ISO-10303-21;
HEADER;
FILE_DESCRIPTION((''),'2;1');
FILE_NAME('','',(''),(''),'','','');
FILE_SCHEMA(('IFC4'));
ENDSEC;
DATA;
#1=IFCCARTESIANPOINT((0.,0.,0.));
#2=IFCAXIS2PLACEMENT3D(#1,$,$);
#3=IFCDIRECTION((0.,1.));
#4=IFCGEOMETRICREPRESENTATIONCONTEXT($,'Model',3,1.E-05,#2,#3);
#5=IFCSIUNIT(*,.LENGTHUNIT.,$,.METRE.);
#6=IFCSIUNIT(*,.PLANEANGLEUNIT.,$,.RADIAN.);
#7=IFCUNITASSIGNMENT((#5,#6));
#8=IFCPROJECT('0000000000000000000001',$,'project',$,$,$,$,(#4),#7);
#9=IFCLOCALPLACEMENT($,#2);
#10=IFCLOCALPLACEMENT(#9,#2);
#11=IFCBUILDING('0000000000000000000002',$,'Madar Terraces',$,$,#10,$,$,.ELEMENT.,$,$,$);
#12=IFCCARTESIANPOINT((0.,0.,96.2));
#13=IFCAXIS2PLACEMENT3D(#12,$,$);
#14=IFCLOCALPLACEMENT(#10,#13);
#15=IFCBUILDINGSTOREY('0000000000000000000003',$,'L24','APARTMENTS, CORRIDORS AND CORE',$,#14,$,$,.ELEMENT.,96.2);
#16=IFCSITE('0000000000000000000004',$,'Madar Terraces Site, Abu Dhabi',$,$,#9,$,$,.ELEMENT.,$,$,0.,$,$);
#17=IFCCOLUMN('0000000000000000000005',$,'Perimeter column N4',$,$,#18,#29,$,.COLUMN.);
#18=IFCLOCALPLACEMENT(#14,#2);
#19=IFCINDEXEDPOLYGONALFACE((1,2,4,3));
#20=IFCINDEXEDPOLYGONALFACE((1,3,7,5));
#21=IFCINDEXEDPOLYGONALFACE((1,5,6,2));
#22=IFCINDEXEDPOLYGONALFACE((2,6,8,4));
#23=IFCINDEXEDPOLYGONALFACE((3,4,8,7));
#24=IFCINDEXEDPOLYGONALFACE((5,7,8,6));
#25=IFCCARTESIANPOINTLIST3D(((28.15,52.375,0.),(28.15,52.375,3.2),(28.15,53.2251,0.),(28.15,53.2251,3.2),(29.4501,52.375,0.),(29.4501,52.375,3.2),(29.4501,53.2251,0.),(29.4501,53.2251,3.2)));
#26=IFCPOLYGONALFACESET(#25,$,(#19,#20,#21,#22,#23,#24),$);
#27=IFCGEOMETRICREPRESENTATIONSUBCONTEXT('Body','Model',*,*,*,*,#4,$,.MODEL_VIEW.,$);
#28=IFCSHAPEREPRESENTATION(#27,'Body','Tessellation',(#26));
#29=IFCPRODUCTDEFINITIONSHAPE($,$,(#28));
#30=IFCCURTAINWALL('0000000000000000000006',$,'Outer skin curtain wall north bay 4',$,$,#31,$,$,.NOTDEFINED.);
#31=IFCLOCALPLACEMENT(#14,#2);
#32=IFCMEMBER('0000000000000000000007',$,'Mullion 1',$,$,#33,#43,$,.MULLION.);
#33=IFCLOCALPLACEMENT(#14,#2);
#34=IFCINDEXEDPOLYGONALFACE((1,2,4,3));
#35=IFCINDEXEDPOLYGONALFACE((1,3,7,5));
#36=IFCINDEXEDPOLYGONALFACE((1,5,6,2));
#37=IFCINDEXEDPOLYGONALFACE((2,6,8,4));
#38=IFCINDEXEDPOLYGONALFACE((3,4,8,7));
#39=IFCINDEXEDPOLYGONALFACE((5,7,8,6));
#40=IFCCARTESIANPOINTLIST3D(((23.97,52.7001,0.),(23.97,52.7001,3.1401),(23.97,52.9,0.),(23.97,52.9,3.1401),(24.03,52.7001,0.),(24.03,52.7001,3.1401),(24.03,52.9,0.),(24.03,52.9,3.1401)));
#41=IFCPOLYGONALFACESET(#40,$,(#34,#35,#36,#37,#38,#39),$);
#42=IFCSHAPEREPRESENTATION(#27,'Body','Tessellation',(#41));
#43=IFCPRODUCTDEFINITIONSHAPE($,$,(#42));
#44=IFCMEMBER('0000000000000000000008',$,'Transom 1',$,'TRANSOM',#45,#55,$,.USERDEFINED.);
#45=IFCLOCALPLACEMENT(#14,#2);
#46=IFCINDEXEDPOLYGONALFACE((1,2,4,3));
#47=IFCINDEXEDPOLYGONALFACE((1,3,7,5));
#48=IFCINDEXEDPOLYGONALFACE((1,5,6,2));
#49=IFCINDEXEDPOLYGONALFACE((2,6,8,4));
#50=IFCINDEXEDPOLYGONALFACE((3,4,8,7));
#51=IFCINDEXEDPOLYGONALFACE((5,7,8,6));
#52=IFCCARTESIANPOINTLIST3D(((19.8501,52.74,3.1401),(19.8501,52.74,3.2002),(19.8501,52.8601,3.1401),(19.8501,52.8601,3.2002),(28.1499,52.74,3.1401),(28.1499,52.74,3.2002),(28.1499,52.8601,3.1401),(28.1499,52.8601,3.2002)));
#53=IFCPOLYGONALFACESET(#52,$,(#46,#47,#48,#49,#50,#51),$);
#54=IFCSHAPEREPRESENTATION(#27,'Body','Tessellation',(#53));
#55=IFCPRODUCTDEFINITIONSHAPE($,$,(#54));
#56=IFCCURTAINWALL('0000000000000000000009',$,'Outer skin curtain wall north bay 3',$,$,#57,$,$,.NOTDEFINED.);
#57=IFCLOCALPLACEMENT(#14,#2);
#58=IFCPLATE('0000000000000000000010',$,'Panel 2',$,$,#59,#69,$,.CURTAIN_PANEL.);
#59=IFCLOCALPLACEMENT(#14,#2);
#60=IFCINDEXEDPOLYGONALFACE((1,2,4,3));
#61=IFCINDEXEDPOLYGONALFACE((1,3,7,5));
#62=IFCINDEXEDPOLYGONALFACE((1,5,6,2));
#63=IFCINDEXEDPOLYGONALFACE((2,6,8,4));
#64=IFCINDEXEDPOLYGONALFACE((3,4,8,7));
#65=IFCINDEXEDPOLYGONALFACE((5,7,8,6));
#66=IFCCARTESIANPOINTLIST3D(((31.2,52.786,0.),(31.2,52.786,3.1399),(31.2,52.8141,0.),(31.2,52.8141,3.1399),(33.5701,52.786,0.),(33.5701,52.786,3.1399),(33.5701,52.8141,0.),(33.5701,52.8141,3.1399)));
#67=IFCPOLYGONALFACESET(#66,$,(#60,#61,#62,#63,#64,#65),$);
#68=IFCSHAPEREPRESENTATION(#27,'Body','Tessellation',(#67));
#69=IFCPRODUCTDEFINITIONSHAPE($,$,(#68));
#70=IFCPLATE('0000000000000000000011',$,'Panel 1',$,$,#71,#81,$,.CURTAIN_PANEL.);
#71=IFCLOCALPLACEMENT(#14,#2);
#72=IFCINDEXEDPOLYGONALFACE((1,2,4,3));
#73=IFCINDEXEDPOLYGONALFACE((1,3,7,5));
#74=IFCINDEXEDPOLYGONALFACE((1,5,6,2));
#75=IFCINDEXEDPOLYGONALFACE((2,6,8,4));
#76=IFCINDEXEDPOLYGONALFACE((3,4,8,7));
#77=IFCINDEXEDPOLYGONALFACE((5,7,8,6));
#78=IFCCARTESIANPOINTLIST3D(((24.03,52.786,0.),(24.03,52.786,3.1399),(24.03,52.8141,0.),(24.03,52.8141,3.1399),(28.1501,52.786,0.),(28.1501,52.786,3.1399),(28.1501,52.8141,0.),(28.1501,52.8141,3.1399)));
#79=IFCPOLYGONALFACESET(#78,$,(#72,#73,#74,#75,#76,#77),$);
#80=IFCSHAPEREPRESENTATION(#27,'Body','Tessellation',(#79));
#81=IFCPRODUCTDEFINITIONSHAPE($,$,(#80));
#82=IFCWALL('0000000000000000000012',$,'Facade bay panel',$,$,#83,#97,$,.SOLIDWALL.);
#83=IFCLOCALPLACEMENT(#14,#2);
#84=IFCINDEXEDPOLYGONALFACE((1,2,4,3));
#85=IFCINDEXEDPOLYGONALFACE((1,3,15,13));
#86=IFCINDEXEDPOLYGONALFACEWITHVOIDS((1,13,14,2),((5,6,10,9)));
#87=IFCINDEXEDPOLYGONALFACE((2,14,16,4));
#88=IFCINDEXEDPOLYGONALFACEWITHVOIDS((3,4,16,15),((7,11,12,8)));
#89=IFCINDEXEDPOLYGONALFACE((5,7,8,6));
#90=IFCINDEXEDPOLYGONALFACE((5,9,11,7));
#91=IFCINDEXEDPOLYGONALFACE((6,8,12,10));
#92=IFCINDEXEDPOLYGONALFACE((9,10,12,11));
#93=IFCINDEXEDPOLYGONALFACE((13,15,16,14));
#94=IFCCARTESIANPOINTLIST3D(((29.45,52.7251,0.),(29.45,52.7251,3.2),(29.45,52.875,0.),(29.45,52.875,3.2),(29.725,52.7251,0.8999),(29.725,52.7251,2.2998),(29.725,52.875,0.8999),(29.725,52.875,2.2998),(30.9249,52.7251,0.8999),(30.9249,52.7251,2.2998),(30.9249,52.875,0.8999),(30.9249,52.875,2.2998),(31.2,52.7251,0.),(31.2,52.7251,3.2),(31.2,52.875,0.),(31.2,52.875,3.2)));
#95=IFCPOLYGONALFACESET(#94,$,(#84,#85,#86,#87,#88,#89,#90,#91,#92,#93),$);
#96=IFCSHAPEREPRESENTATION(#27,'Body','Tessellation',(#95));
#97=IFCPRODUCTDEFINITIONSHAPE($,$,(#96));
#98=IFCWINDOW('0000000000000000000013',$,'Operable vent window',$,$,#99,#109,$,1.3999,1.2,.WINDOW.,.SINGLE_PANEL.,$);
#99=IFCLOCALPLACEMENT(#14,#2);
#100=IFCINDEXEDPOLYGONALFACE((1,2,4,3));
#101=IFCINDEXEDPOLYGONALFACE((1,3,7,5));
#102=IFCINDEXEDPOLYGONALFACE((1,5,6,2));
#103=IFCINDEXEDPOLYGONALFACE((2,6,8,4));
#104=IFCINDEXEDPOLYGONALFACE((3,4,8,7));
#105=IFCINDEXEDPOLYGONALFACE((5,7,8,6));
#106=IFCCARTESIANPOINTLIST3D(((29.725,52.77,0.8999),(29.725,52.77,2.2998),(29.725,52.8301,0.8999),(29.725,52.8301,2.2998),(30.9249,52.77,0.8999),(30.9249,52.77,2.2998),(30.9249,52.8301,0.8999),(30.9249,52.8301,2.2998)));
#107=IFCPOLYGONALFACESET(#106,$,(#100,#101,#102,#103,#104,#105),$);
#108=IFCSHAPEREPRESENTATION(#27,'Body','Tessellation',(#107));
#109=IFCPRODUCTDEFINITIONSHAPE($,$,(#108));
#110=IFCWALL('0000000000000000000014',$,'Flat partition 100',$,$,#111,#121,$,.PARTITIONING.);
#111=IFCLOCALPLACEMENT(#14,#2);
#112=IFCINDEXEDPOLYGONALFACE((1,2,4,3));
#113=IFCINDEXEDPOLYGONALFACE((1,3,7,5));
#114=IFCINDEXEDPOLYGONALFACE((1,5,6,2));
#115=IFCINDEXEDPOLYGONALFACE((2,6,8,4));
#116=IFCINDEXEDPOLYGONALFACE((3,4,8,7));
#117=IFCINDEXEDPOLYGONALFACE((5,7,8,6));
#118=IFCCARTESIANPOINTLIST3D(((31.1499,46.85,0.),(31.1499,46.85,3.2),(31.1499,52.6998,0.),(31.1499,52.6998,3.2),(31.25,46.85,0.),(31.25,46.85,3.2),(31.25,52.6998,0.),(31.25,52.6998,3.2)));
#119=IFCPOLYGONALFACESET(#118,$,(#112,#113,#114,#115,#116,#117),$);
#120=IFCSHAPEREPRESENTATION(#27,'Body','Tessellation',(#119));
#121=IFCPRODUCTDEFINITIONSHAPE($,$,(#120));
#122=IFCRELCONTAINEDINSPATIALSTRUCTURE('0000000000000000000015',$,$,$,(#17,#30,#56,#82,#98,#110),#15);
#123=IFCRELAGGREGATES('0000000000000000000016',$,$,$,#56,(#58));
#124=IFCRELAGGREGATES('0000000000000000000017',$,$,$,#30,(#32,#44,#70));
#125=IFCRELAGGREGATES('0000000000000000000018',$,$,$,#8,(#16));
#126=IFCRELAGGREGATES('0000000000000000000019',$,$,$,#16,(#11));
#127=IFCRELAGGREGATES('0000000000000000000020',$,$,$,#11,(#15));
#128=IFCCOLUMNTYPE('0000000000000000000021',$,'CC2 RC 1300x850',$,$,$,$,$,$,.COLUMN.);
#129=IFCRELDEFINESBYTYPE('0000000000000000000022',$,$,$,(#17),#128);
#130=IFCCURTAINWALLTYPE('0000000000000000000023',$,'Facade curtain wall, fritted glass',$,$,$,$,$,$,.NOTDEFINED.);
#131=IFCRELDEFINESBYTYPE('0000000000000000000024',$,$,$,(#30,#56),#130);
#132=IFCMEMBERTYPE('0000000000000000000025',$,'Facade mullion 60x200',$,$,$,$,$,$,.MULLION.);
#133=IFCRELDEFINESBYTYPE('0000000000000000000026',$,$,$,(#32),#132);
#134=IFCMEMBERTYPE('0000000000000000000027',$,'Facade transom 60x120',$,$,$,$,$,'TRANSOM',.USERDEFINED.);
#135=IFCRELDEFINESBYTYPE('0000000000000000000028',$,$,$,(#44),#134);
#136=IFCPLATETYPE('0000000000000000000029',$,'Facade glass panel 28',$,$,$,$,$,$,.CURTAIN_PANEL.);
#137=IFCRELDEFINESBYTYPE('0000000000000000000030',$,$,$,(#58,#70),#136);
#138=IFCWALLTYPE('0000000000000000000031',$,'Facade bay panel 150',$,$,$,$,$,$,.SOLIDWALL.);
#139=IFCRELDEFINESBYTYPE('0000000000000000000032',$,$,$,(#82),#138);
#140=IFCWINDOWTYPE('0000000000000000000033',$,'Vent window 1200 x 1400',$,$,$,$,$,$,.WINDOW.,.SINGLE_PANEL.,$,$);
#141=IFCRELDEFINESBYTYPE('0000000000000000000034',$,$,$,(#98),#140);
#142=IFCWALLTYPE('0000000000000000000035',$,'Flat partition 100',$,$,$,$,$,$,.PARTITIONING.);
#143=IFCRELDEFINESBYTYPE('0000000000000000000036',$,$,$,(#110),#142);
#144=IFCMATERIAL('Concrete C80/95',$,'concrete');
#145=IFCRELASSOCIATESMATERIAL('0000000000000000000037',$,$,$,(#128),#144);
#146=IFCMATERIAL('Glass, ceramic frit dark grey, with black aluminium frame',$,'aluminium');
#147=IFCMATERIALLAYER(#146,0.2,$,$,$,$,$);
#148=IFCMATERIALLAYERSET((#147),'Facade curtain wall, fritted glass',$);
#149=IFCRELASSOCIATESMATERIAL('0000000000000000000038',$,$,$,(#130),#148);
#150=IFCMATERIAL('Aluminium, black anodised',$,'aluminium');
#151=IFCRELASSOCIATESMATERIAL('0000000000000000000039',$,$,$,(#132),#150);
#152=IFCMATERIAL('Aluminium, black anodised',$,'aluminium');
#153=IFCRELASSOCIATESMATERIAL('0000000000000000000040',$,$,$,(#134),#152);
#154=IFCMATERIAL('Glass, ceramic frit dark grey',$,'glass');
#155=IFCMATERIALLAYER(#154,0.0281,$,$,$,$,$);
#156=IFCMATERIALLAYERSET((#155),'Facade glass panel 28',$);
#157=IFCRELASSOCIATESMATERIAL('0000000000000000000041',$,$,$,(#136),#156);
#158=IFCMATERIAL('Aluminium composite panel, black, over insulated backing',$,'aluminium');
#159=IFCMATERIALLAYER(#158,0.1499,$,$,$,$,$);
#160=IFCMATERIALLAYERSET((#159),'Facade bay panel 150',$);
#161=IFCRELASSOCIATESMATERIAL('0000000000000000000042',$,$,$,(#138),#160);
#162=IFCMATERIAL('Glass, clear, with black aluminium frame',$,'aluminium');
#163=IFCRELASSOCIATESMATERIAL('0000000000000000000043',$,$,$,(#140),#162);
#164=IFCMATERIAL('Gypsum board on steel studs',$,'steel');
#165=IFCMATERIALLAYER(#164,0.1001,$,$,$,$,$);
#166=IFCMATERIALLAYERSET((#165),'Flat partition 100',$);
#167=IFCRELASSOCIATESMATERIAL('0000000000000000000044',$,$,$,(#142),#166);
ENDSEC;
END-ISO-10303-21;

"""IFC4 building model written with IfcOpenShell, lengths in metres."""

from ifc_helpers import new_model, si_unit, direction, frame, frame_2d, origin, origin_2d, place, context, subcontext, project, spatial, rectangle, extrude, material, layer, layer_set, material_profile, profile_set, type_object, element, fill, aggregate, save


model = new_model("IFC4")

# Units and contexts
model_context = context("Model", 3, precision=1e-05, world=origin(), true_north=direction((0.0, 1.0)))
body_context = subcontext(model_context, "Body", "Model", "MODEL_VIEW")
ifc_project = project(units=[si_unit("LENGTHUNIT", "METRE"), si_unit("PLANEANGLEUNIT", "RADIAN")], contexts=[model_context])

# Site, building, storey
site_placement = place(None, origin())
site = spatial("IfcSite", under=ifc_project, at=site_placement, Name="Madar Terraces Site, Abu Dhabi", CompositionType="ELEMENT", RefElevation=0.0)
building_placement = place(site_placement, origin())
building = spatial("IfcBuilding", under=site, at=building_placement, Name="Madar Terraces", CompositionType="ELEMENT")
storey_placement = place(building_placement, frame((0.0, 0.0, 96.2)))
storey = spatial("IfcBuildingStorey", under=building, at=storey_placement, Name="L24", Description="APARTMENTS, CORRIDORS AND CORE", CompositionType="ELEMENT", Elevation=96.2)

# Column
ifc_material_1 = material(Name="Concrete C80/95", Category="concrete")
ifc_material_profile_1 = material_profile(ifc_material_1, rectangle(XDim=1.3, YDim=0.8501, at=origin_2d()), Name="CC2 RC 1300x850")
ifc_profile_set_1 = profile_set([ifc_material_profile_1], Name="Concrete C80/95")
column_type = type_object("IfcColumnType", Name="CC2 RC 1300x850", PredefinedType="COLUMN", material=ifc_profile_set_1)
column_placement = place(storey_placement, frame((28.8, 52.8, 0.0), z_axis=(0.0, 0.0, 1.0), x_axis=(1.0, 0.0, 0.0)))
element("IfcColumn", 1, at=column_placement, inside=storey, type_object=column_type, Name="Perimeter column N4", PredefinedType="COLUMN", context=body_context, shape_type="SweptSolid", body=[
    extrude(rectangle(XDim=1.3, YDim=0.8501, at=origin_2d()), origin(), (0.0, 0.0, 1.0), 3.2),
])

# Curtain wall, members
ifc_material_2 = material(Name="Glass, ceramic frit dark grey, with black aluminium frame", Category="aluminium")
ifc_layer_1 = layer(ifc_material_2, 0.2)
ifc_layer_set_1 = layer_set([ifc_layer_1], Name="Facade curtain wall, fritted glass")
curtain_wall_type = type_object("IfcCurtainWallType", Name="Facade curtain wall, fritted glass", PredefinedType="NOTDEFINED", material=ifc_layer_set_1)
curtain_wall_1_placement = place(storey_placement, origin())
curtain_wall_1 = element("IfcCurtainWall", 2, at=curtain_wall_1_placement, inside=storey, type_object=curtain_wall_type, Name="Outer skin curtain wall north bay 4", PredefinedType="NOTDEFINED")
ifc_material_3 = material(Name="Aluminium, black anodised", Category="aluminium")
ifc_material_profile_2 = material_profile(ifc_material_3, rectangle(XDim=0.2, YDim=0.0601, at=origin_2d()), Name="Facade mullion 60x200")
ifc_profile_set_2 = profile_set([ifc_material_profile_2], Name="Aluminium, black anodised")
member_type_1 = type_object("IfcMemberType", Name="Facade mullion 60x200", PredefinedType="MULLION", material=ifc_profile_set_2)
member_1_placement = place(storey_placement, frame((24.0, 52.8, 0.0), z_axis=(0.0, 0.0, 1.0), x_axis=(0.0, -1.0, 0.0)))
member_1 = element("IfcMember", 3, at=member_1_placement, type_object=member_type_1, Name="Mullion 1", PredefinedType="MULLION", context=body_context, shape_type="SweptSolid", body=[
    extrude(rectangle(XDim=0.2, YDim=0.0601, at=origin_2d()), origin(), (0.0, 0.0, 1.0), 3.1401),
])
ifc_material_4 = material(Name="Aluminium, black anodised", Category="aluminium")
ifc_material_profile_3 = material_profile(ifc_material_4, rectangle(XDim=0.1201, YDim=0.0601, at=origin_2d()), Name="Facade transom 60x120")
ifc_profile_set_3 = profile_set([ifc_material_profile_3], Name="Aluminium, black anodised")
member_type_2 = type_object("IfcMemberType", Name="Facade transom 60x120", ElementType="TRANSOM", PredefinedType="USERDEFINED", material=ifc_profile_set_3)
member_2_placement = place(storey_placement, frame((28.1499, 52.8, 3.1702), z_axis=(-1.0, 0.0, 0.0), x_axis=(0.0, -1.0, 0.0)))
member_2 = element("IfcMember", 4, at=member_2_placement, type_object=member_type_2, Name="Transom 1", ObjectType="TRANSOM", PredefinedType="USERDEFINED", context=body_context, shape_type="SweptSolid", body=[
    extrude(rectangle(XDim=0.1201, YDim=0.0601, at=origin_2d()), origin(), (0.0, 0.0, 1.0), 8.2998),
])

# Curtain wall, plate
curtain_wall_2_placement = place(storey_placement, origin())
curtain_wall_2 = element("IfcCurtainWall", 5, at=curtain_wall_2_placement, inside=storey, type_object=curtain_wall_type, Name="Outer skin curtain wall north bay 3", PredefinedType="NOTDEFINED")
ifc_material_5 = material(Name="Glass, ceramic frit dark grey", Category="glass")
ifc_layer_2 = layer(ifc_material_5, 0.0281)
ifc_layer_set_2 = layer_set([ifc_layer_2], Name="Facade glass panel 28")
plate_type = type_object("IfcPlateType", Name="Facade glass panel 28", PredefinedType="CURTAIN_PANEL", material=ifc_layer_set_2)
plate_1_placement = place(storey_placement, frame((32.385, 52.8, 0.0), z_axis=(0.0, 0.0, 1.0), x_axis=(-1.0, 0.0, 0.0)))
plate_1 = element("IfcPlate", 6, at=plate_1_placement, type_object=plate_type, Name="Panel 2", PredefinedType="CURTAIN_PANEL", context=body_context, shape_type="SweptSolid", body=[
    extrude(rectangle(XDim=2.3701, YDim=0.0281, at=origin_2d()), origin(), (0.0, 0.0, 1.0), 3.1399),
])
aggregate(curtain_wall_2, [plate_1])

# Plate
plate_2_placement = place(storey_placement, frame((26.0901, 52.8, 0.0), z_axis=(0.0, 0.0, 1.0), x_axis=(-1.0, 0.0, 0.0)))
plate_2 = element("IfcPlate", 7, at=plate_2_placement, type_object=plate_type, Name="Panel 1", PredefinedType="CURTAIN_PANEL", context=body_context, shape_type="SweptSolid", body=[
    extrude(rectangle(XDim=4.1201, YDim=0.0281, at=origin_2d()), origin(), (0.0, 0.0, 1.0), 3.1399),
])
aggregate(curtain_wall_1, [member_1, member_2, plate_2])

# Wall, opening, window
ifc_material_6 = material(Name="Aluminium composite panel, black, over insulated backing", Category="aluminium")
ifc_layer_3 = layer(ifc_material_6, 0.1499)
ifc_layer_set_3 = layer_set([ifc_layer_3], Name="Facade bay panel 150")
wall_type_1 = type_object("IfcWallType", Name="Facade bay panel 150", PredefinedType="SOLIDWALL", material=ifc_layer_set_3)
wall_1_placement = place(storey_placement, frame((31.2, 52.8, 0.0), z_axis=(0.0, 0.0, 1.0), x_axis=(-1.0, 0.0, 0.0)))
wall_1 = element("IfcWall", 8, at=wall_1_placement, inside=storey, type_object=wall_type_1, Name="Facade bay panel", PredefinedType="SOLIDWALL", context=body_context, shape_type="SweptSolid", body=[
    extrude(rectangle(XDim=1.75, YDim=0.1499, at=frame_2d((0.875, 0.0))), origin(), (0.0, 0.0, 1.0), 3.2),
])
opening_1_placement = place(wall_1_placement, frame((0.2749, 0.0, 0.8999)))
opening_1 = element("IfcOpeningElement", 9, at=opening_1_placement, cuts=wall_1, PredefinedType="OPENING", context=body_context, shape_type="SweptSolid", body=[
    extrude(rectangle(XDim=1.2, YDim=1.3999, at=frame_2d((0.6001, 0.7))), frame((0.0, 0.085, 0.0), z_axis=(0.0, -1.0, 0.0), x_axis=(1.0, 0.0, 0.0)), (0.0, 0.0, 1.0), 0.1699),
])
ifc_material_7 = material(Name="Glass, clear, with black aluminium frame", Category="aluminium")
window_type = type_object("IfcWindowType", Name="Vent window 1200 x 1400", PartitioningType="SINGLE_PANEL", PredefinedType="WINDOW", material=ifc_material_7)
window_placement = place(opening_1_placement, origin())
window = element("IfcWindow", 10, at=window_placement, inside=storey, type_object=window_type, Name="Operable vent window", OverallHeight=1.3999, OverallWidth=1.2, PartitioningType="SINGLE_PANEL", PredefinedType="WINDOW", context=body_context, shape_type="SweptSolid", body=[
    extrude(rectangle(XDim=1.2, YDim=1.3999, at=frame_2d((0.6001, 0.7))), frame((0.0, 0.03, 0.0), z_axis=(0.0, -1.0, 0.0), x_axis=(1.0, 0.0, 0.0)), (0.0, 0.0, 1.0), 0.0601),
])
fill(opening_1, window)

# Wall
ifc_material_8 = material(Name="Gypsum board on steel studs", Category="steel")
ifc_layer_4 = layer(ifc_material_8, 0.1001)
ifc_layer_set_4 = layer_set([ifc_layer_4], Name="Flat partition 100")
wall_type_2 = type_object("IfcWallType", Name="Flat partition 100", PredefinedType="PARTITIONING", material=ifc_layer_set_4)
wall_2_placement = place(storey_placement, frame((31.2, 46.8501, 0.0), z_axis=(0.0, 0.0, 1.0), x_axis=(0.0, 1.0, 0.0)))
element("IfcWall", 11, at=wall_2_placement, inside=storey, type_object=wall_type_2, Name="Flat partition 100", PredefinedType="PARTITIONING", context=body_context, shape_type="SweptSolid", body=[
    extrude(rectangle(XDim=5.8499, YDim=0.1001, at=frame_2d((2.9248, 0.0))), origin(), (0.0, 0.0, 1.0), 3.2),
])

save(model, "model.ifc")
